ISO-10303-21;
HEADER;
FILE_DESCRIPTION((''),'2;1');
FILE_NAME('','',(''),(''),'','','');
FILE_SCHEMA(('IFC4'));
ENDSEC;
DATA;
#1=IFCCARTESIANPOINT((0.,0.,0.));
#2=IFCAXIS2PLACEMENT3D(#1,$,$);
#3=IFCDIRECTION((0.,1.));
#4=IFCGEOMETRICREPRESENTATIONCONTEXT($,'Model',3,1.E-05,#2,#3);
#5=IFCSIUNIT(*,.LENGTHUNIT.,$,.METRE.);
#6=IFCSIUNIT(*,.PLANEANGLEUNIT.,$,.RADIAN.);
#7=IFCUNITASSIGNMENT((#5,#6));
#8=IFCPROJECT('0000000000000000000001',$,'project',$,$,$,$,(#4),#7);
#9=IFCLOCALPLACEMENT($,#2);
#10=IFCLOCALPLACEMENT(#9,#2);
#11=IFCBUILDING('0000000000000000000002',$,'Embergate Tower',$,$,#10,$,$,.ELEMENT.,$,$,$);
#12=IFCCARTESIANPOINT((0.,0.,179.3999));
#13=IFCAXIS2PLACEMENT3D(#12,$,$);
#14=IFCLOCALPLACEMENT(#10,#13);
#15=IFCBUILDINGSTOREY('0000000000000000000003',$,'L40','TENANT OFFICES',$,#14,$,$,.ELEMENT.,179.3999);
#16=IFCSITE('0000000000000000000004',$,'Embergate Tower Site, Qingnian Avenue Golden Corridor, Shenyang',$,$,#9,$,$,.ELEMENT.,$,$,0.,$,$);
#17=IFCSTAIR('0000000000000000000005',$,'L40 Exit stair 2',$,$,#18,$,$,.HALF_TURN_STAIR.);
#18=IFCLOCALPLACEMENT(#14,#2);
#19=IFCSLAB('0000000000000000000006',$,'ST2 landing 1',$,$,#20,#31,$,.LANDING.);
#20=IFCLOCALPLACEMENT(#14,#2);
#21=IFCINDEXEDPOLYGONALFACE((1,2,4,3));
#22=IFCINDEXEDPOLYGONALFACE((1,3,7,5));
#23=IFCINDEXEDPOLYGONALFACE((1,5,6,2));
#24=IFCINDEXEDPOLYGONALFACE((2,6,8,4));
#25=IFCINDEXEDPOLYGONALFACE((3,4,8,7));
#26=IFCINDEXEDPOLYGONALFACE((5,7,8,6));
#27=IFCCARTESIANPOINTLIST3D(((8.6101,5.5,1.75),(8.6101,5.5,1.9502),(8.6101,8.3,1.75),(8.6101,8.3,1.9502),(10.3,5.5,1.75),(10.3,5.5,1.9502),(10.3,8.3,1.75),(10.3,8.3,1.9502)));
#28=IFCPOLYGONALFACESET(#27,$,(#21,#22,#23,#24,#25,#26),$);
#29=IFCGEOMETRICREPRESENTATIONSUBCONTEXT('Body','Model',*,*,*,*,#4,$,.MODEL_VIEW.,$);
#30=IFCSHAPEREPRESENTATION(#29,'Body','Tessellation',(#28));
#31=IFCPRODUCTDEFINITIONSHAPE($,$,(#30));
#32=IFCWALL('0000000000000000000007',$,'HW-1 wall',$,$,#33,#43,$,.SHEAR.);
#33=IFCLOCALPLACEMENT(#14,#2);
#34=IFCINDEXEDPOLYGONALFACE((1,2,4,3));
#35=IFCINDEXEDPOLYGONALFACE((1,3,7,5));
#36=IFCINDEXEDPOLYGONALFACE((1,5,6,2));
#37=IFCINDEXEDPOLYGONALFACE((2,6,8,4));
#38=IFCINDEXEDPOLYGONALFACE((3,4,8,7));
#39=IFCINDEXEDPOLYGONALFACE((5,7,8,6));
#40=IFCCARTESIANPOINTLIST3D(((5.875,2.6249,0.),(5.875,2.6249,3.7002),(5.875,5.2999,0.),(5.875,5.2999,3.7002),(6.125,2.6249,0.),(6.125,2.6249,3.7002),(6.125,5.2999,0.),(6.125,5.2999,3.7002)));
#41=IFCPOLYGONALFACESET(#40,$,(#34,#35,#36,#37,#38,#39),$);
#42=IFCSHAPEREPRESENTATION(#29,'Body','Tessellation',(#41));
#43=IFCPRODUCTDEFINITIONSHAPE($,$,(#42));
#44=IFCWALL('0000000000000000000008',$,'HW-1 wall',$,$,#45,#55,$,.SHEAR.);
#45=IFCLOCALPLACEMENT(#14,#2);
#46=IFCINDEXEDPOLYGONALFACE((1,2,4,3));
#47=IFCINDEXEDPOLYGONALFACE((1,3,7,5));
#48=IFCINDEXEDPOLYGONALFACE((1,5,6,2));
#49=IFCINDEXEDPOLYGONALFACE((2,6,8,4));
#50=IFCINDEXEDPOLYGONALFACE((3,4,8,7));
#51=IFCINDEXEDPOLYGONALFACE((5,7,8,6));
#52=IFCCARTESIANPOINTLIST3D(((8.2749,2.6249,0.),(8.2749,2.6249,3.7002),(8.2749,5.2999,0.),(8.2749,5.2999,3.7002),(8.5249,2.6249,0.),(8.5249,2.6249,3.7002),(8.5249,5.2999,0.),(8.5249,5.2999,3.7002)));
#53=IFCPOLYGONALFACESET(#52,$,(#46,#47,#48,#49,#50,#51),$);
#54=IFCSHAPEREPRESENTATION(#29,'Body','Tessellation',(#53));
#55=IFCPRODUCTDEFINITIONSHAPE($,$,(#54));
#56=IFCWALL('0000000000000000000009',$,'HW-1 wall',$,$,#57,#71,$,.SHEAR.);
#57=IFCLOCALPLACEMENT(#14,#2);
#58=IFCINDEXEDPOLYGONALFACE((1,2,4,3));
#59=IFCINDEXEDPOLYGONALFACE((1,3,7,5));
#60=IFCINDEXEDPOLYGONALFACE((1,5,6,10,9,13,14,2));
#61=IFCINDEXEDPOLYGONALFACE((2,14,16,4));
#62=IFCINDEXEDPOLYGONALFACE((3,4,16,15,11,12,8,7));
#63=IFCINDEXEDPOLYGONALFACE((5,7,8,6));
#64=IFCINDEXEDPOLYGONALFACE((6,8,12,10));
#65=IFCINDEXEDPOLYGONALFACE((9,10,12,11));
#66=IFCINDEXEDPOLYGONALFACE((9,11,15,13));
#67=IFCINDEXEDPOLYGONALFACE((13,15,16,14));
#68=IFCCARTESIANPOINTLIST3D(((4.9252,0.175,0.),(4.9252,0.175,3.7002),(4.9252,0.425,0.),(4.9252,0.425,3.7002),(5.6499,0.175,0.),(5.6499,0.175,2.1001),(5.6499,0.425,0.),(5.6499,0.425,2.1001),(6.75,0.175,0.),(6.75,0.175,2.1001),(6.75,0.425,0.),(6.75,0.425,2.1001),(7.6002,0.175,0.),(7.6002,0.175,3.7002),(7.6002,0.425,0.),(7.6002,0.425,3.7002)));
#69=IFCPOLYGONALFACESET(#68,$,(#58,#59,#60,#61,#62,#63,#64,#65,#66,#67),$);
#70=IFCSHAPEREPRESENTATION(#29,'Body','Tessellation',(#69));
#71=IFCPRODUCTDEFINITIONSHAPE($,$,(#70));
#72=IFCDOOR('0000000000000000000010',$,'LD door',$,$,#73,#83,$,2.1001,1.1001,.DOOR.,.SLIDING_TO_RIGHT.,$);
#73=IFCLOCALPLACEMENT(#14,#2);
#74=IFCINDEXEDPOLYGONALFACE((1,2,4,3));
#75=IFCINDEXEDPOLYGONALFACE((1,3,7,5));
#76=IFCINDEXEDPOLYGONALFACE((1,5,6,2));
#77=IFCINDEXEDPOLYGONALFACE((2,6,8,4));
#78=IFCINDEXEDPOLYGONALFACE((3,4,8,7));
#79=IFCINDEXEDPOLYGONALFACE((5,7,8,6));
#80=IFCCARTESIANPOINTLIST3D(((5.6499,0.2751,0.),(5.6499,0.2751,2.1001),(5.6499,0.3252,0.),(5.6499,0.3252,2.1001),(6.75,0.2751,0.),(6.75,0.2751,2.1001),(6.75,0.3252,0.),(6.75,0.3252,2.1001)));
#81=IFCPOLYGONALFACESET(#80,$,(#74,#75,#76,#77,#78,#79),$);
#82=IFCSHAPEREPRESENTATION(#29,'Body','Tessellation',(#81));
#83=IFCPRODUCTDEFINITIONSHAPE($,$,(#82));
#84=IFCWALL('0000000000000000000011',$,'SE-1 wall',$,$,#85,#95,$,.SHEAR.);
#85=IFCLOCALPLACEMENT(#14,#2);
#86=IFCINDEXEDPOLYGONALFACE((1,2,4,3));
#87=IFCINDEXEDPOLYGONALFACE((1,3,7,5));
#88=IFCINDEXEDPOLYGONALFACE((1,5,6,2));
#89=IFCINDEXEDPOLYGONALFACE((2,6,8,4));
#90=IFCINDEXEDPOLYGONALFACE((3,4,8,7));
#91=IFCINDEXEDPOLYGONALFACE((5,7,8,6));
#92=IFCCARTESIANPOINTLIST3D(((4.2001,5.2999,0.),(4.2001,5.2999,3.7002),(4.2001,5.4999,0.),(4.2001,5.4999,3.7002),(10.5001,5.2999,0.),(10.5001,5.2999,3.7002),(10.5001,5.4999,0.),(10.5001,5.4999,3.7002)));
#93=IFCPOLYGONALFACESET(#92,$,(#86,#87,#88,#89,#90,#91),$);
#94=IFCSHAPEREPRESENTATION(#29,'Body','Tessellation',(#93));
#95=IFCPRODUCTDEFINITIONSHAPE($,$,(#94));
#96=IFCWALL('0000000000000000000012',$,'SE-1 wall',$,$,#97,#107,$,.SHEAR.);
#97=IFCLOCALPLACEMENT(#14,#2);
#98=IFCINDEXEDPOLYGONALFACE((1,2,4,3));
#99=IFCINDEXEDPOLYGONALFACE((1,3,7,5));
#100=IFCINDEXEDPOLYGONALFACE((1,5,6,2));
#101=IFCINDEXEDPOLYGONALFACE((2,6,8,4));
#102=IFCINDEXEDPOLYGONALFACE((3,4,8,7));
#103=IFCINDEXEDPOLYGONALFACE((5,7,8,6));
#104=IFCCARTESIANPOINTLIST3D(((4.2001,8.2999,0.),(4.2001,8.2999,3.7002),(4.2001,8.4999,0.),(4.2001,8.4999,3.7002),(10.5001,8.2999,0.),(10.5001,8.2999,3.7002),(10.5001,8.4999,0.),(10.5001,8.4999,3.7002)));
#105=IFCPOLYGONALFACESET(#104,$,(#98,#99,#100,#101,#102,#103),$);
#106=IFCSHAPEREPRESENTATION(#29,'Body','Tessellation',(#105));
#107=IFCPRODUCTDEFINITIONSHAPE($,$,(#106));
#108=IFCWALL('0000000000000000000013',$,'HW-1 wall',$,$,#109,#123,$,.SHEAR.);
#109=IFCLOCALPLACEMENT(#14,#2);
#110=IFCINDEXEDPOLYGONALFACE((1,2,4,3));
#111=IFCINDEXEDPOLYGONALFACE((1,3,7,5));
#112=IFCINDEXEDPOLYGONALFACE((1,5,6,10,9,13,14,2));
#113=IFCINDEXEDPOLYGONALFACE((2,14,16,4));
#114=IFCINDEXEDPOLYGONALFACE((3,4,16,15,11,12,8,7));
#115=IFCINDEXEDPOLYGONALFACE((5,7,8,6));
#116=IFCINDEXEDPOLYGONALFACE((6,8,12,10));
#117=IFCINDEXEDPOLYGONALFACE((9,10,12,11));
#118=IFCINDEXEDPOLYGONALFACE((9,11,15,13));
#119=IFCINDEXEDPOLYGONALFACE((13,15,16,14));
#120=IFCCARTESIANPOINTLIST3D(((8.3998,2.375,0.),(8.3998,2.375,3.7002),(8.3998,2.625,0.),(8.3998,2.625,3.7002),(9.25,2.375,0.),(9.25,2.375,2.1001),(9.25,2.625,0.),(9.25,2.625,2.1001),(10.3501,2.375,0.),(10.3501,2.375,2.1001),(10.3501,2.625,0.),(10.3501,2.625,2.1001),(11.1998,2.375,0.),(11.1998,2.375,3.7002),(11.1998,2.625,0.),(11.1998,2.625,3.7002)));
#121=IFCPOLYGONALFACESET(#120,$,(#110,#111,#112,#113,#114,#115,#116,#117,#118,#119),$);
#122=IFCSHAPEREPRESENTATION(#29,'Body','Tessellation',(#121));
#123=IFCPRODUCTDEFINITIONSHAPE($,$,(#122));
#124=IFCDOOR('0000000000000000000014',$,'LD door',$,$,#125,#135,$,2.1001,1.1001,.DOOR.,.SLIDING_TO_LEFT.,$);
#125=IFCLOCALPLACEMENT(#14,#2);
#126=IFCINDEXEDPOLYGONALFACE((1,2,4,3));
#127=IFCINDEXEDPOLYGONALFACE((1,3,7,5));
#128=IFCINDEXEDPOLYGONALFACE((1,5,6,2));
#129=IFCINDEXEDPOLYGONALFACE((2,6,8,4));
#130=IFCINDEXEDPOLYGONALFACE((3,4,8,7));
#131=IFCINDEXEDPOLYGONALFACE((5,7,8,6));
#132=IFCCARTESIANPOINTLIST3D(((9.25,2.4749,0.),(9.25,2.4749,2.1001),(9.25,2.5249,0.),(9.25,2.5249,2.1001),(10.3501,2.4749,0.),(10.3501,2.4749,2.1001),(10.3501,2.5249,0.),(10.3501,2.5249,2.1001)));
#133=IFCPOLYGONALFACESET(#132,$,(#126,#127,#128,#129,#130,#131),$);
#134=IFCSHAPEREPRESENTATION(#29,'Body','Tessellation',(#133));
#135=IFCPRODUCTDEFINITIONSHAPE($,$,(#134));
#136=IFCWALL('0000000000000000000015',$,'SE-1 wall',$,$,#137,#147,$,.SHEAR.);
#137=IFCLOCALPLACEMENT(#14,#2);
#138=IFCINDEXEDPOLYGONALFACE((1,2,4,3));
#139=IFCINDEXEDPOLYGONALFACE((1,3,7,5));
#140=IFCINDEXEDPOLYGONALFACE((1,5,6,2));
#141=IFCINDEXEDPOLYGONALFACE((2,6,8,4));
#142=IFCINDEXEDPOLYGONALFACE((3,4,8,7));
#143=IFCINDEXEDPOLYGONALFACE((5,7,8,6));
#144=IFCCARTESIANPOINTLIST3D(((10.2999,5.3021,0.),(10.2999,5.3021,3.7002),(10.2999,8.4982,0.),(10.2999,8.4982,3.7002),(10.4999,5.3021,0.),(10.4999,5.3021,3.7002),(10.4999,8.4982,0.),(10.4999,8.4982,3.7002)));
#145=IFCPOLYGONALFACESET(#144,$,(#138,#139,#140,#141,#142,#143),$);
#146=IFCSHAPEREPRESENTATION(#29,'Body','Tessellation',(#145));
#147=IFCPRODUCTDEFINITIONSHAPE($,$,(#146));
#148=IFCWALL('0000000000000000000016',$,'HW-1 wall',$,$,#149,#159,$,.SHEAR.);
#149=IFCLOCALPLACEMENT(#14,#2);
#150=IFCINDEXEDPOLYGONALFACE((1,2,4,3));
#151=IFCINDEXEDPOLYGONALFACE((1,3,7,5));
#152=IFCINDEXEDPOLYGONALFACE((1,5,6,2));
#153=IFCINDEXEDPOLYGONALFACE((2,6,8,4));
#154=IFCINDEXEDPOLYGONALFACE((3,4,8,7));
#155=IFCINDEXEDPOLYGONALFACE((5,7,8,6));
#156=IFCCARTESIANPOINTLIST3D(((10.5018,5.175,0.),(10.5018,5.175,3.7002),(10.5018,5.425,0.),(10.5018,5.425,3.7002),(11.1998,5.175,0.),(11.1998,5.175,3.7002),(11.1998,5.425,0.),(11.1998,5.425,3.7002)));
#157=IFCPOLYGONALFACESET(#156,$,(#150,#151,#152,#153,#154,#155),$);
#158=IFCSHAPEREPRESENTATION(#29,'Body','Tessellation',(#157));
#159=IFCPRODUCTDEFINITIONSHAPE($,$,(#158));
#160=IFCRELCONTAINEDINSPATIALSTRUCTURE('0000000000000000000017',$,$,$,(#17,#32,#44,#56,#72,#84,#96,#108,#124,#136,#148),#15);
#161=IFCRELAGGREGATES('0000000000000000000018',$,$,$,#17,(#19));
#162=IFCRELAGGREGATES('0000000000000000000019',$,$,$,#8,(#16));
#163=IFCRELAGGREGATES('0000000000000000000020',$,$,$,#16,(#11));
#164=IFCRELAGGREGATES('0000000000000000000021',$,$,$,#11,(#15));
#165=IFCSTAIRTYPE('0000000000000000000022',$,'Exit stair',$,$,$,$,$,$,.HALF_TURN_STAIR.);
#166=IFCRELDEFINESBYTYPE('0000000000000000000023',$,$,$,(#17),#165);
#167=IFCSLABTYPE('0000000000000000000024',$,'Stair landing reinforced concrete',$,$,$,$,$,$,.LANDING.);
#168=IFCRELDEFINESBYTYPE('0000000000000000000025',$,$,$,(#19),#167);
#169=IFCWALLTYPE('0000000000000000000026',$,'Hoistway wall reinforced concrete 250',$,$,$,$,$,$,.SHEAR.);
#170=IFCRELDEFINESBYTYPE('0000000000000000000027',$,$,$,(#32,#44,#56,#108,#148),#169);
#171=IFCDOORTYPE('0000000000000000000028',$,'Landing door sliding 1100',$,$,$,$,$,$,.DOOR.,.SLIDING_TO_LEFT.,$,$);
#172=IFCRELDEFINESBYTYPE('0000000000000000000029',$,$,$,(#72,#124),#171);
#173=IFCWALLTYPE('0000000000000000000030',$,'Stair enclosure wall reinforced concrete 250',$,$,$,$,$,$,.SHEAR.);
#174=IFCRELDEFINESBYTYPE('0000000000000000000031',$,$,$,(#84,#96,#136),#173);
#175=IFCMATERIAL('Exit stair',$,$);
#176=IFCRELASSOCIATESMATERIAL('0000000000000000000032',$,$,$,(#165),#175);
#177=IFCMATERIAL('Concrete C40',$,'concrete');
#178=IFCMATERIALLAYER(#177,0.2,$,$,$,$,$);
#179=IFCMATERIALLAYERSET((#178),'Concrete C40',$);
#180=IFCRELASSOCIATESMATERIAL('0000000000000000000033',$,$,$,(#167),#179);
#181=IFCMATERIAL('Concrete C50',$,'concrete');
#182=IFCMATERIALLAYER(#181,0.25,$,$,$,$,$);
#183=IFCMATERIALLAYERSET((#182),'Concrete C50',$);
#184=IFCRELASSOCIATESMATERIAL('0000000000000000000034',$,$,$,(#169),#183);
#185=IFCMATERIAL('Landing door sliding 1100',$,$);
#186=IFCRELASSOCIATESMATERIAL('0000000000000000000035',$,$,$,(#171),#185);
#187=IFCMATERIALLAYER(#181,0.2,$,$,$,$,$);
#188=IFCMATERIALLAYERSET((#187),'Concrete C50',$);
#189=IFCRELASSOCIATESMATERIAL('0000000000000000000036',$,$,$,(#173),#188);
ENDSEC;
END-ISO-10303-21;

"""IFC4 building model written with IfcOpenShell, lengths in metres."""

from ifc_helpers import new_model, si_unit, direction, frame, frame_2d, origin, place, context, subcontext, project, spatial, polyline, rectangle, outline, extrude, source, transform, mapped, material, layer, layer_set, type_object, element, fill, aggregate, save


model = new_model("IFC4")

# Units and contexts
model_context = context("Model", 3, precision=1e-05, world=origin(), true_north=direction((0.0, 1.0)))
body_context = subcontext(model_context, "Body", "Model", "MODEL_VIEW")
ifc_project = project(units=[si_unit("LENGTHUNIT", "METRE"), si_unit("PLANEANGLEUNIT", "RADIAN")], contexts=[model_context])

# Site, building, storey
site_placement = place(None, origin())
site = spatial("IfcSite", under=ifc_project, at=site_placement, Name="Embergate Tower Site, Qingnian Avenue Golden Corridor, Shenyang", CompositionType="ELEMENT", RefElevation=0.0)
building_placement = place(site_placement, origin())
building = spatial("IfcBuilding", under=site, at=building_placement, Name="Embergate Tower", CompositionType="ELEMENT")
storey_placement = place(building_placement, frame((0.0, 0.0, 179.3999)))
storey = spatial("IfcBuildingStorey", under=building, at=storey_placement, Name="L40", Description="TENANT OFFICES", CompositionType="ELEMENT", Elevation=179.3999)

# Stair, slab
ifc_material_1 = material(Name="Exit stair")
stair_type = type_object("IfcStairType", Name="Exit stair", PredefinedType="HALF_TURN_STAIR", material=ifc_material_1)
stair_placement = place(storey_placement, origin())
stair = element("IfcStair", 1, at=stair_placement, inside=storey, type_object=stair_type, Name="L40 Exit stair 2", PredefinedType="HALF_TURN_STAIR")
ifc_material_2 = material(Name="Concrete C40", Category="concrete")
ifc_layer_1 = layer(ifc_material_2, 0.2)
ifc_layer_set_1 = layer_set([ifc_layer_1], Name="Concrete C40")
slab_type = type_object("IfcSlabType", Name="Stair landing reinforced concrete", PredefinedType="LANDING", material=ifc_layer_set_1)
shared_shape_1 = source(origin(), body_context, "Body", "SweptSolid", [
    extrude(outline(polyline([(0.0, 0.0), (1.6899, 0.0), (1.6899, 2.8), (0.0, 2.8), (0.0, 0.0)])), origin(), (0.0, 0.0, 1.0), 0.2002),
])
slab_placement = place(storey_placement, frame((8.6101, 5.5, 1.75)))
slab = element("IfcSlab", 2, at=slab_placement, type_object=slab_type, Name="ST2 landing 1", PredefinedType="LANDING", context=body_context, shape_type="MappedRepresentation", body=[
    mapped(shared_shape_1, transform((0.0, 0.0, 0.0))),
])

# Walls
ifc_material_3 = material(Name="Concrete C50", Category="concrete")
ifc_layer_2 = layer(ifc_material_3, 0.25)
ifc_layer_set_2 = layer_set([ifc_layer_2], Name="Concrete C50")
wall_type_1 = type_object("IfcWallType", Name="Hoistway wall reinforced concrete 250", PredefinedType="SHEAR", material=ifc_layer_set_2)
shared_shape_2 = source(origin(), body_context, "Body", "SweptSolid", [
    extrude(rectangle(XDim=2.675, YDim=0.25, at=frame_2d((1.3374, 0.0))), origin(), (0.0, 0.0, 1.0), 3.7002),
])
for number, where, z_axis, x_axis, name in (
    (3, (6.0, 2.625, 0.0), (0.0, 0.0, 1.0), (0.0, 1.0, 0.0), "HW-1 wall"),
    (4, (8.3999, 2.625, 0.0), (0.0, 0.0, 1.0), (0.0, 1.0, 0.0), "HW-1 wall"),
):
    element("IfcWall", number, at=place(storey_placement, frame(where, z_axis=z_axis, x_axis=x_axis)), inside=storey, type_object=wall_type_1, Name=name, PredefinedType="SHEAR", context=body_context, shape_type="MappedRepresentation", body=[
        mapped(shared_shape_2, transform((0.0, 0.0, 0.0))),
    ])

# Wall, opening, door
wall_1_placement = place(storey_placement, frame((7.6001, 0.3, 0.0), z_axis=(0.0, 0.0, 1.0), x_axis=(-1.0, 0.0, 0.0)))
wall_1 = element("IfcWall", 5, at=wall_1_placement, inside=storey, type_object=wall_type_1, Name="HW-1 wall", PredefinedType="SHEAR", context=body_context, shape_type="MappedRepresentation", body=[
    mapped(shared_shape_2, transform((0.0, 0.0, 0.0))),
])
shared_shape_3 = source(origin(), body_context, "Body", "SweptSolid", [
    extrude(rectangle(XDim=1.1001, YDim=2.1001, at=frame_2d((0.55, 1.05))), frame((0.0, 0.135, 0.0), z_axis=(0.0, -1.0, 0.0), x_axis=(1.0, 0.0, 0.0)), (0.0, 0.0, 1.0), 0.27),
])
opening_1_placement = place(wall_1_placement, frame((0.8501, 0.0, 0.0)))
opening_1 = element("IfcOpeningElement", 6, at=opening_1_placement, cuts=wall_1, PredefinedType="OPENING", context=body_context, shape_type="MappedRepresentation", body=[
    mapped(shared_shape_3, transform((0.0, 0.0, 0.0))),
])
ifc_material_4 = material(Name="Landing door sliding 1100")
door_type_1 = type_object("IfcDoorType", Name="Landing door sliding 1100", OperationType="SLIDING_TO_LEFT", PredefinedType="DOOR", material=ifc_material_4)
shared_shape_4 = source(origin(), body_context, "Body", "SweptSolid", [
    extrude(rectangle(XDim=1.1001, YDim=2.1001, at=frame_2d((0.55, 1.05))), frame((0.0, 0.0249, 0.0), z_axis=(0.0, -1.0, 0.0), x_axis=(1.0, 0.0, 0.0)), (0.0, 0.0, 1.0), 0.05),
])
door_1_placement = place(opening_1_placement, origin())
door_1 = element("IfcDoor", 7, at=door_1_placement, inside=storey, type_object=door_type_1, Name="LD door", OperationType="SLIDING_TO_RIGHT", OverallHeight=2.1001, OverallWidth=1.1001, PredefinedType="DOOR", context=body_context, shape_type="MappedRepresentation", body=[
    mapped(shared_shape_4, transform((0.0, 0.0, 0.0))),
])
fill(opening_1, door_1)

# Walls
ifc_layer_3 = layer(ifc_material_3, 0.2)
ifc_layer_set_3 = layer_set([ifc_layer_3], Name="Concrete C50")
wall_type_2 = type_object("IfcWallType", Name="Stair enclosure wall reinforced concrete 250", PredefinedType="SHEAR", material=ifc_layer_set_3)
shared_shape_5 = source(origin(), body_context, "Body", "SweptSolid", [
    extrude(rectangle(XDim=6.3, YDim=0.2, at=frame_2d((3.1499, 0.0))), origin(), (0.0, 0.0, 1.0), 3.7002),
])
for number, where, z_axis, x_axis, name in (
    (8, (10.5, 5.3999, 0.0), (0.0, 0.0, 1.0), (-1.0, 0.0, 0.0), "SE-1 wall"),
    (9, (10.5, 8.3999, 0.0), (0.0, 0.0, 1.0), (-1.0, 0.0, 0.0), "SE-1 wall"),
):
    element("IfcWall", number, at=place(storey_placement, frame(where, z_axis=z_axis, x_axis=x_axis)), inside=storey, type_object=wall_type_2, Name=name, PredefinedType="SHEAR", context=body_context, shape_type="MappedRepresentation", body=[
        mapped(shared_shape_5, transform((0.0, 0.0, 0.0))),
    ])

# Wall, opening, door
shared_shape_6 = source(origin(), body_context, "Body", "SweptSolid", [
    extrude(rectangle(XDim=2.8, YDim=0.25, at=frame_2d((1.3999, 0.0))), origin(), (0.0, 0.0, 1.0), 3.7002),
])
wall_2_placement = place(storey_placement, frame((8.3999, 2.5, 0.0), z_axis=(0.0, 0.0, 1.0), x_axis=(1.0, 0.0, 0.0)))
wall_2 = element("IfcWall", 10, at=wall_2_placement, inside=storey, type_object=wall_type_1, Name="HW-1 wall", PredefinedType="SHEAR", context=body_context, shape_type="MappedRepresentation", body=[
    mapped(shared_shape_6, transform((0.0, 0.0, 0.0))),
])
opening_2_placement = place(wall_2_placement, frame((0.8501, 0.0, 0.0)))
opening_2 = element("IfcOpeningElement", 11, at=opening_2_placement, cuts=wall_2, PredefinedType="OPENING", context=body_context, shape_type="MappedRepresentation", body=[
    mapped(shared_shape_3, transform((0.0, 0.0, 0.0))),
])
door_2_placement = place(opening_2_placement, origin())
door_2 = element("IfcDoor", 12, at=door_2_placement, inside=storey, type_object=door_type_1, Name="LD door", OperationType="SLIDING_TO_LEFT", OverallHeight=2.1001, OverallWidth=1.1001, PredefinedType="DOOR", context=body_context, shape_type="MappedRepresentation", body=[
    mapped(shared_shape_4, transform((0.0, 0.0, 0.0))),
])
fill(opening_2, door_2)

# Walls
shared_shape_7 = source(origin(), body_context, "Body", "SweptSolid", [
    extrude(rectangle(XDim=3.196, YDim=0.2, at=frame_2d((1.5981, 0.0))), origin(), (0.0, 0.0, 1.0), 3.7002),
])
wall_3_placement = place(storey_placement, frame((10.3999, 5.302, 0.0), z_axis=(0.0, 0.0, 1.0), x_axis=(0.0, 1.0, 0.0)))
element("IfcWall", 13, at=wall_3_placement, inside=storey, type_object=wall_type_2, Name="SE-1 wall", PredefinedType="SHEAR", context=body_context, shape_type="MappedRepresentation", body=[
    mapped(shared_shape_7, transform((0.0, 0.0, 0.0))),
])
shared_shape_8 = source(origin(), body_context, "Body", "SweptSolid", [
    extrude(rectangle(XDim=0.698, YDim=0.25, at=frame_2d((0.3491, 0.0))), origin(), (0.0, 0.0, 1.0), 3.7002),
])
wall_4_placement = place(storey_placement, frame((11.2, 5.3, 0.0), z_axis=(0.0, 0.0, 1.0), x_axis=(-1.0, 0.0, 0.0)))
element("IfcWall", 14, at=wall_4_placement, inside=storey, type_object=wall_type_1, Name="HW-1 wall", PredefinedType="SHEAR", context=body_context, shape_type="MappedRepresentation", body=[
    mapped(shared_shape_8, transform((0.0, 0.0, 0.0))),
])

aggregate(stair, [slab])

save(model, "model.ifc")
